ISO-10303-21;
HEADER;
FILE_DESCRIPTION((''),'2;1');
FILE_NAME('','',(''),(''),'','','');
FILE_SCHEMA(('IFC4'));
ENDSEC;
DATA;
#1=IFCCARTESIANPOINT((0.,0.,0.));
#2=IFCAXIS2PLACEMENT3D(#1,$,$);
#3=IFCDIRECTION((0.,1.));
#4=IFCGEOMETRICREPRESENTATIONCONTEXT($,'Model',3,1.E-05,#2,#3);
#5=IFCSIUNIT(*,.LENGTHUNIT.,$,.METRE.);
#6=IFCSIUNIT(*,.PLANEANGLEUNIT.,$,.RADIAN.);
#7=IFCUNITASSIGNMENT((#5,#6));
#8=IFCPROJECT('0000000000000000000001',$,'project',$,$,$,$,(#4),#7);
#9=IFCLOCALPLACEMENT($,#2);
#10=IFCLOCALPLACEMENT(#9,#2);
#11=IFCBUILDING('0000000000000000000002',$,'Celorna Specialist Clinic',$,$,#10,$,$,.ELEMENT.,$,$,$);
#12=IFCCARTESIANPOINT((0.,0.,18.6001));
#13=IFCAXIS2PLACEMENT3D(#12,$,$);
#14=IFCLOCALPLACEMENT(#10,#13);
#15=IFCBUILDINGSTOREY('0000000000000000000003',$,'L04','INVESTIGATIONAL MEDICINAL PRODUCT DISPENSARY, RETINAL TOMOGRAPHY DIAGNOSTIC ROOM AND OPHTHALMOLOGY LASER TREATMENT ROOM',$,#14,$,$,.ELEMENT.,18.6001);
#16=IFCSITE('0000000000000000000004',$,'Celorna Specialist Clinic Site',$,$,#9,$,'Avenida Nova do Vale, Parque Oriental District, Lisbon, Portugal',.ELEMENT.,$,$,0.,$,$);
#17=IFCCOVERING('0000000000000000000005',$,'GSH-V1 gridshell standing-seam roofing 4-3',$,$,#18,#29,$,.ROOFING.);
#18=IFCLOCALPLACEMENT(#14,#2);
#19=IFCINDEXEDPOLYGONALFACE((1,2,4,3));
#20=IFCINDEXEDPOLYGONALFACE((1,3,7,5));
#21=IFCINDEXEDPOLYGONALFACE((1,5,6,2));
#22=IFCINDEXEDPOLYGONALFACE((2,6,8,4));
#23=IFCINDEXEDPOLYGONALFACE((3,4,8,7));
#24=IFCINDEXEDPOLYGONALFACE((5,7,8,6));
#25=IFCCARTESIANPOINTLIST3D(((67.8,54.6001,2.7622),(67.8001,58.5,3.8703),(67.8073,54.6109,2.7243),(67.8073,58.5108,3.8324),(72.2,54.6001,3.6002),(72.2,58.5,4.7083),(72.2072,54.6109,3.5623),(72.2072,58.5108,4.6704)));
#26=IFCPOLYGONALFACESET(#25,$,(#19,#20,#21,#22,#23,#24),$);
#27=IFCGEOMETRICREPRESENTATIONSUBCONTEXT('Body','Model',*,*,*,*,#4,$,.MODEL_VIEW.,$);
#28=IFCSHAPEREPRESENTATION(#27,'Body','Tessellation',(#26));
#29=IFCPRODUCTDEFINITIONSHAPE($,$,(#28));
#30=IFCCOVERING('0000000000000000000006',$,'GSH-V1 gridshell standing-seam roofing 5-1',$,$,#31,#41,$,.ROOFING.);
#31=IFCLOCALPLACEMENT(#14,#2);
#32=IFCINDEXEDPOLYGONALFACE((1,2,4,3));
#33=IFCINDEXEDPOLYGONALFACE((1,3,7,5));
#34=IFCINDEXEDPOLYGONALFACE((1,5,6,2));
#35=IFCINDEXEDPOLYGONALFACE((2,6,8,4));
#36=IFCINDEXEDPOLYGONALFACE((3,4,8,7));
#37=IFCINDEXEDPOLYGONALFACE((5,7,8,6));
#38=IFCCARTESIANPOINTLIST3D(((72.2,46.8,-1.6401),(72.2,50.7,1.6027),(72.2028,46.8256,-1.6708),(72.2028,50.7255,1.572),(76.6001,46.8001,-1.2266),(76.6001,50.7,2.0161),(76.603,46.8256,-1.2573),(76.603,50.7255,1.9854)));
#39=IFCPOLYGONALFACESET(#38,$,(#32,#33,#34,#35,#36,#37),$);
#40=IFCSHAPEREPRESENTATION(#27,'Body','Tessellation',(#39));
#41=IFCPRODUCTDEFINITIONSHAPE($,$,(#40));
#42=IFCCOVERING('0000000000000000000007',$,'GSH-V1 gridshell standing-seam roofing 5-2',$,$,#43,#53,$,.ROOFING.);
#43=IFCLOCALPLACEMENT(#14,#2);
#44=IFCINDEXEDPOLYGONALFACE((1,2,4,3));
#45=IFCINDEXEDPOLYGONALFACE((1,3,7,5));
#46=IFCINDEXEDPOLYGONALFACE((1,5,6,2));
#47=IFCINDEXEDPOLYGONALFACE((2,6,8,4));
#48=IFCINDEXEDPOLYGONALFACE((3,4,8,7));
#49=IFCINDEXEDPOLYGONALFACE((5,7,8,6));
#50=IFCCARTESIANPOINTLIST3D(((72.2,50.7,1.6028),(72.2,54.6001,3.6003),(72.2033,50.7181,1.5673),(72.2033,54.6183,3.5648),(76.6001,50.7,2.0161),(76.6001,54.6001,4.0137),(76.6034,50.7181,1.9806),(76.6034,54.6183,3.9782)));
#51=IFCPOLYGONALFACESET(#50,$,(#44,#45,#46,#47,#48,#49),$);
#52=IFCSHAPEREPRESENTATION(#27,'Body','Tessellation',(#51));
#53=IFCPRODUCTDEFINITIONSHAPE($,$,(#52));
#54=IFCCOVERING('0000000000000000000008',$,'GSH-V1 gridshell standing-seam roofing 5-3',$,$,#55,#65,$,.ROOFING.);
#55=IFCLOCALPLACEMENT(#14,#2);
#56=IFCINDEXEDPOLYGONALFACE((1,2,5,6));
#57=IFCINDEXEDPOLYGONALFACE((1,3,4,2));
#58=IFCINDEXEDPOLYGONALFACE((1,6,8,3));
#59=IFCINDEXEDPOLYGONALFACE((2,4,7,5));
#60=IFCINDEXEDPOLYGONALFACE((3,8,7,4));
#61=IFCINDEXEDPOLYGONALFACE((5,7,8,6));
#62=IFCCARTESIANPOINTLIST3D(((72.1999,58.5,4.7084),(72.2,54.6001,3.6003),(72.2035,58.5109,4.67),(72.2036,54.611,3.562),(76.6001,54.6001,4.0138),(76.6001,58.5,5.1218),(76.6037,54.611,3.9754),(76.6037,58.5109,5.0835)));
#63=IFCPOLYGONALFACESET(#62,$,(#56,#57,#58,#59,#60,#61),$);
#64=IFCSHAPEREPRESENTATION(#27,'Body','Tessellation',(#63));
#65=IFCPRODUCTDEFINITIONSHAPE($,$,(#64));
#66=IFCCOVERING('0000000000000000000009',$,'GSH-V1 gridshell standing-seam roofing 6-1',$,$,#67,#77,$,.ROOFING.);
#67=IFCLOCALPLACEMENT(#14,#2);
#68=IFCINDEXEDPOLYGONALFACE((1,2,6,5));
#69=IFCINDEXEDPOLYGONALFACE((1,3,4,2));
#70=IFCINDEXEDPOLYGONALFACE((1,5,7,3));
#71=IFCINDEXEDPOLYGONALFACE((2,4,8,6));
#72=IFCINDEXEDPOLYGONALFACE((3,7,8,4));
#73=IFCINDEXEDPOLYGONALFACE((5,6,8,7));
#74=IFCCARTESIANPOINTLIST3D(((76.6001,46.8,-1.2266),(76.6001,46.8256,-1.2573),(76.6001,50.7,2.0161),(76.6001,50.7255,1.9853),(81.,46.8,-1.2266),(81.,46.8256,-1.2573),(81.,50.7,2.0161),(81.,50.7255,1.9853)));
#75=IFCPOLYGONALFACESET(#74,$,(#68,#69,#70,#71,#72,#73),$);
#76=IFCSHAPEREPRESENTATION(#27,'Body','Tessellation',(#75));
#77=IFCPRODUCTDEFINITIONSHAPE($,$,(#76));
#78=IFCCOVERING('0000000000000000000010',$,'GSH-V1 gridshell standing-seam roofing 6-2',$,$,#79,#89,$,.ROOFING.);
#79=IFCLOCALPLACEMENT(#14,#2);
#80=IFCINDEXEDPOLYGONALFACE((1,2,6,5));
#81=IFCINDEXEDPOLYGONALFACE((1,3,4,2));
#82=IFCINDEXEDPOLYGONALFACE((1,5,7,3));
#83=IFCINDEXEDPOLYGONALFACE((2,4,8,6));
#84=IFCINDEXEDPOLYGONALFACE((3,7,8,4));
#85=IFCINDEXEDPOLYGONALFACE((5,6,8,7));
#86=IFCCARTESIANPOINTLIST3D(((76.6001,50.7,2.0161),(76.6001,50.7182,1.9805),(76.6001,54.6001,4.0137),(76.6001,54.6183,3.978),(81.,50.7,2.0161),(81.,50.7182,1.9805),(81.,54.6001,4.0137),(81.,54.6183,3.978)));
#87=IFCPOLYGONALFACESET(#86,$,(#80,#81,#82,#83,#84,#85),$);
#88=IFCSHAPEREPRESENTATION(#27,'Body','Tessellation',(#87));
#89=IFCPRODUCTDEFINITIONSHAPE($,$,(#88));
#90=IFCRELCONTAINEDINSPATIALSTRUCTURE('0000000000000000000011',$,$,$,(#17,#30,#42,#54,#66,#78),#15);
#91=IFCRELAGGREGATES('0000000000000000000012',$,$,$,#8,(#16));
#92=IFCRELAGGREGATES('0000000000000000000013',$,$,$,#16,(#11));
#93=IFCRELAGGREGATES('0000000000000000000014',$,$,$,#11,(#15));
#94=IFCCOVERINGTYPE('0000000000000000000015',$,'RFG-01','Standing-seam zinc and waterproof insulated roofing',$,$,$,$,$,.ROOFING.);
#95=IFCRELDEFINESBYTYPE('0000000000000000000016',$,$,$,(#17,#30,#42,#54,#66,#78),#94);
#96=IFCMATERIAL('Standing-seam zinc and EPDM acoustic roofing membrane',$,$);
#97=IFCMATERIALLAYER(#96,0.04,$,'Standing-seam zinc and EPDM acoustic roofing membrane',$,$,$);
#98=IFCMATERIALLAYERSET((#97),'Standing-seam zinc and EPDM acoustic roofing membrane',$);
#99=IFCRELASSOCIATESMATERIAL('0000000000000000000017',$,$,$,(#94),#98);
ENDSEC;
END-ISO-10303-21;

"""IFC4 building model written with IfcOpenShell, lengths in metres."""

from ifc_helpers import new_model, si_unit, direction, frame, origin, place, context, subcontext, project, spatial, polyline, outline, extrude, material, layer, layer_set, type_object, element, save


model = new_model("IFC4")

# Units and contexts
model_context = context("Model", 3, precision=1e-05, world=origin(), true_north=direction((0.0, 1.0)))
body_context = subcontext(model_context, "Body", "Model", "MODEL_VIEW")
ifc_project = project(units=[si_unit("LENGTHUNIT", "METRE"), si_unit("PLANEANGLEUNIT", "RADIAN")], contexts=[model_context])

# Site, building, storey
site_placement = place(None, origin())
site = spatial("IfcSite", under=ifc_project, at=site_placement, Name="Celorna Specialist Clinic Site", LongName="Avenida Nova do Vale, Parque Oriental District, Lisbon, Portugal", CompositionType="ELEMENT", RefElevation=0.0)
building_placement = place(site_placement, origin())
building = spatial("IfcBuilding", under=site, at=building_placement, Name="Celorna Specialist Clinic", CompositionType="ELEMENT")
storey_placement = place(building_placement, frame((0.0, 0.0, 18.6001)))
storey = spatial("IfcBuildingStorey", under=building, at=storey_placement, Name="L04", Description="INVESTIGATIONAL MEDICINAL PRODUCT DISPENSARY, RETINAL TOMOGRAPHY DIAGNOSTIC ROOM AND OPHTHALMOLOGY LASER TREATMENT ROOM", CompositionType="ELEMENT", Elevation=18.6001)

# Coverings
ifc_material_1 = material(Name="Standing-seam zinc and EPDM acoustic roofing membrane")
ifc_layer_1 = layer(ifc_material_1, 0.04, Name="Standing-seam zinc and EPDM acoustic roofing membrane")
ifc_layer_set_1 = layer_set([ifc_layer_1], Name="Standing-seam zinc and EPDM acoustic roofing membrane")
covering_type = type_object("IfcCoveringType", Name="RFG-01", Description="Standing-seam zinc and waterproof insulated roofing", PredefinedType="ROOFING", material=ifc_layer_set_1)
covering_1_placement = place(storey_placement, frame((67.8, 54.6001, 2.7622), z_axis=(-0.180211, -0.268827, 0.94618), x_axis=(0.982341, 0.000007, 0.1871)))
element("IfcCovering", 1, at=covering_1_placement, inside=storey, type_object=covering_type, Name="GSH-V1 gridshell standing-seam roofing 4-3", PredefinedType="ROOFING", context=body_context, shape_type="SweptSolid", body=[
    extrude(outline(polyline([(0.0, 0.0), (4.479, 0.0), (4.6863, 4.0489), (0.2074, 4.049), (0.0, 0.0)])), origin(), (0.0, 0.0, -1.0), 0.04),
])
covering_2_placement = place(storey_placement, frame((72.2, 46.8, -1.6401), z_axis=(-0.072062, -0.637693, 0.766912), x_axis=(0.995613, 0.000014, 0.093562)))
element("IfcCovering", 2, at=covering_2_placement, inside=storey, type_object=covering_type, Name="GSH-V1 gridshell standing-seam roofing 5-1", PredefinedType="ROOFING", context=body_context, shape_type="SweptSolid", body=[
    extrude(outline(polyline([(0.0, 0.0), (4.4195, 0.0), (4.723, 5.0628), (0.3035, 5.063), (0.0, 0.0)])), origin(), (0.0, 0.0, -1.0), 0.04),
])
covering_3_placement = place(storey_placement, frame((72.2, 50.7, 1.6028), z_axis=(-0.083317, -0.454277, 0.886956), x_axis=(0.995617, 0.0, 0.093524)))
element("IfcCovering", 3, at=covering_3_placement, inside=storey, type_object=covering_type, Name="GSH-V1 gridshell standing-seam roofing 5-2", PredefinedType="ROOFING", context=body_context, shape_type="SweptSolid", body=[
    extrude(outline(polyline([(0.0, 0.0), (4.4195, 0.0), (4.6063, 4.378), (0.1868, 4.378), (0.0, 0.0)])), origin(), (0.0, 0.0, -1.0), 0.04),
])
covering_4_placement = place(storey_placement, frame((72.2, 54.6001, 3.6003), z_axis=(-0.090019, -0.272192, 0.958023), x_axis=(0.995615, -0.000007, 0.093549)))
element("IfcCovering", 4, at=covering_4_placement, inside=storey, type_object=covering_type, Name="GSH-V1 gridshell standing-seam roofing 5-3", PredefinedType="ROOFING", context=body_context, shape_type="SweptSolid", body=[
    extrude(outline(polyline([(0.0, 0.0), (4.4195, 0.0), (4.5232, 4.053), (0.1036, 4.0529), (0.0, 0.0)])), origin(), (0.0, 0.0, -1.0), 0.04),
])
covering_5_placement = place(storey_placement, frame((76.6001, 46.8, -1.2266), z_axis=(0.0, -0.639341, 0.768923), x_axis=(1.0, 0.0, 0.0)))
element("IfcCovering", 5, at=covering_5_placement, inside=storey, type_object=covering_type, Name="GSH-V1 gridshell standing-seam roofing 6-1", PredefinedType="ROOFING", context=body_context, shape_type="SweptSolid", body=[
    extrude(outline(polyline([(0.0, 0.0), (4.3999, 0.0), (4.3999, 5.0719), (0.0, 5.0719), (0.0, 0.0)])), origin(), (0.0, 0.0, -1.0), 0.04),
])
covering_6_placement = place(storey_placement, frame((76.6001, 50.7, 2.0161), z_axis=(0.0, -0.455862, 0.890051), x_axis=(1.0, 0.0, 0.0)))
element("IfcCovering", 6, at=covering_6_placement, inside=storey, type_object=covering_type, Name="GSH-V1 gridshell standing-seam roofing 6-2", PredefinedType="ROOFING", context=body_context, shape_type="SweptSolid", body=[
    extrude(outline(polyline([(0.0, 0.0), (4.3999, 0.0), (4.3999, 4.3819), (0.0, 4.3819), (0.0, 0.0)])), origin(), (0.0, 0.0, -1.0), 0.04),
])

save(model, "model.ifc")
